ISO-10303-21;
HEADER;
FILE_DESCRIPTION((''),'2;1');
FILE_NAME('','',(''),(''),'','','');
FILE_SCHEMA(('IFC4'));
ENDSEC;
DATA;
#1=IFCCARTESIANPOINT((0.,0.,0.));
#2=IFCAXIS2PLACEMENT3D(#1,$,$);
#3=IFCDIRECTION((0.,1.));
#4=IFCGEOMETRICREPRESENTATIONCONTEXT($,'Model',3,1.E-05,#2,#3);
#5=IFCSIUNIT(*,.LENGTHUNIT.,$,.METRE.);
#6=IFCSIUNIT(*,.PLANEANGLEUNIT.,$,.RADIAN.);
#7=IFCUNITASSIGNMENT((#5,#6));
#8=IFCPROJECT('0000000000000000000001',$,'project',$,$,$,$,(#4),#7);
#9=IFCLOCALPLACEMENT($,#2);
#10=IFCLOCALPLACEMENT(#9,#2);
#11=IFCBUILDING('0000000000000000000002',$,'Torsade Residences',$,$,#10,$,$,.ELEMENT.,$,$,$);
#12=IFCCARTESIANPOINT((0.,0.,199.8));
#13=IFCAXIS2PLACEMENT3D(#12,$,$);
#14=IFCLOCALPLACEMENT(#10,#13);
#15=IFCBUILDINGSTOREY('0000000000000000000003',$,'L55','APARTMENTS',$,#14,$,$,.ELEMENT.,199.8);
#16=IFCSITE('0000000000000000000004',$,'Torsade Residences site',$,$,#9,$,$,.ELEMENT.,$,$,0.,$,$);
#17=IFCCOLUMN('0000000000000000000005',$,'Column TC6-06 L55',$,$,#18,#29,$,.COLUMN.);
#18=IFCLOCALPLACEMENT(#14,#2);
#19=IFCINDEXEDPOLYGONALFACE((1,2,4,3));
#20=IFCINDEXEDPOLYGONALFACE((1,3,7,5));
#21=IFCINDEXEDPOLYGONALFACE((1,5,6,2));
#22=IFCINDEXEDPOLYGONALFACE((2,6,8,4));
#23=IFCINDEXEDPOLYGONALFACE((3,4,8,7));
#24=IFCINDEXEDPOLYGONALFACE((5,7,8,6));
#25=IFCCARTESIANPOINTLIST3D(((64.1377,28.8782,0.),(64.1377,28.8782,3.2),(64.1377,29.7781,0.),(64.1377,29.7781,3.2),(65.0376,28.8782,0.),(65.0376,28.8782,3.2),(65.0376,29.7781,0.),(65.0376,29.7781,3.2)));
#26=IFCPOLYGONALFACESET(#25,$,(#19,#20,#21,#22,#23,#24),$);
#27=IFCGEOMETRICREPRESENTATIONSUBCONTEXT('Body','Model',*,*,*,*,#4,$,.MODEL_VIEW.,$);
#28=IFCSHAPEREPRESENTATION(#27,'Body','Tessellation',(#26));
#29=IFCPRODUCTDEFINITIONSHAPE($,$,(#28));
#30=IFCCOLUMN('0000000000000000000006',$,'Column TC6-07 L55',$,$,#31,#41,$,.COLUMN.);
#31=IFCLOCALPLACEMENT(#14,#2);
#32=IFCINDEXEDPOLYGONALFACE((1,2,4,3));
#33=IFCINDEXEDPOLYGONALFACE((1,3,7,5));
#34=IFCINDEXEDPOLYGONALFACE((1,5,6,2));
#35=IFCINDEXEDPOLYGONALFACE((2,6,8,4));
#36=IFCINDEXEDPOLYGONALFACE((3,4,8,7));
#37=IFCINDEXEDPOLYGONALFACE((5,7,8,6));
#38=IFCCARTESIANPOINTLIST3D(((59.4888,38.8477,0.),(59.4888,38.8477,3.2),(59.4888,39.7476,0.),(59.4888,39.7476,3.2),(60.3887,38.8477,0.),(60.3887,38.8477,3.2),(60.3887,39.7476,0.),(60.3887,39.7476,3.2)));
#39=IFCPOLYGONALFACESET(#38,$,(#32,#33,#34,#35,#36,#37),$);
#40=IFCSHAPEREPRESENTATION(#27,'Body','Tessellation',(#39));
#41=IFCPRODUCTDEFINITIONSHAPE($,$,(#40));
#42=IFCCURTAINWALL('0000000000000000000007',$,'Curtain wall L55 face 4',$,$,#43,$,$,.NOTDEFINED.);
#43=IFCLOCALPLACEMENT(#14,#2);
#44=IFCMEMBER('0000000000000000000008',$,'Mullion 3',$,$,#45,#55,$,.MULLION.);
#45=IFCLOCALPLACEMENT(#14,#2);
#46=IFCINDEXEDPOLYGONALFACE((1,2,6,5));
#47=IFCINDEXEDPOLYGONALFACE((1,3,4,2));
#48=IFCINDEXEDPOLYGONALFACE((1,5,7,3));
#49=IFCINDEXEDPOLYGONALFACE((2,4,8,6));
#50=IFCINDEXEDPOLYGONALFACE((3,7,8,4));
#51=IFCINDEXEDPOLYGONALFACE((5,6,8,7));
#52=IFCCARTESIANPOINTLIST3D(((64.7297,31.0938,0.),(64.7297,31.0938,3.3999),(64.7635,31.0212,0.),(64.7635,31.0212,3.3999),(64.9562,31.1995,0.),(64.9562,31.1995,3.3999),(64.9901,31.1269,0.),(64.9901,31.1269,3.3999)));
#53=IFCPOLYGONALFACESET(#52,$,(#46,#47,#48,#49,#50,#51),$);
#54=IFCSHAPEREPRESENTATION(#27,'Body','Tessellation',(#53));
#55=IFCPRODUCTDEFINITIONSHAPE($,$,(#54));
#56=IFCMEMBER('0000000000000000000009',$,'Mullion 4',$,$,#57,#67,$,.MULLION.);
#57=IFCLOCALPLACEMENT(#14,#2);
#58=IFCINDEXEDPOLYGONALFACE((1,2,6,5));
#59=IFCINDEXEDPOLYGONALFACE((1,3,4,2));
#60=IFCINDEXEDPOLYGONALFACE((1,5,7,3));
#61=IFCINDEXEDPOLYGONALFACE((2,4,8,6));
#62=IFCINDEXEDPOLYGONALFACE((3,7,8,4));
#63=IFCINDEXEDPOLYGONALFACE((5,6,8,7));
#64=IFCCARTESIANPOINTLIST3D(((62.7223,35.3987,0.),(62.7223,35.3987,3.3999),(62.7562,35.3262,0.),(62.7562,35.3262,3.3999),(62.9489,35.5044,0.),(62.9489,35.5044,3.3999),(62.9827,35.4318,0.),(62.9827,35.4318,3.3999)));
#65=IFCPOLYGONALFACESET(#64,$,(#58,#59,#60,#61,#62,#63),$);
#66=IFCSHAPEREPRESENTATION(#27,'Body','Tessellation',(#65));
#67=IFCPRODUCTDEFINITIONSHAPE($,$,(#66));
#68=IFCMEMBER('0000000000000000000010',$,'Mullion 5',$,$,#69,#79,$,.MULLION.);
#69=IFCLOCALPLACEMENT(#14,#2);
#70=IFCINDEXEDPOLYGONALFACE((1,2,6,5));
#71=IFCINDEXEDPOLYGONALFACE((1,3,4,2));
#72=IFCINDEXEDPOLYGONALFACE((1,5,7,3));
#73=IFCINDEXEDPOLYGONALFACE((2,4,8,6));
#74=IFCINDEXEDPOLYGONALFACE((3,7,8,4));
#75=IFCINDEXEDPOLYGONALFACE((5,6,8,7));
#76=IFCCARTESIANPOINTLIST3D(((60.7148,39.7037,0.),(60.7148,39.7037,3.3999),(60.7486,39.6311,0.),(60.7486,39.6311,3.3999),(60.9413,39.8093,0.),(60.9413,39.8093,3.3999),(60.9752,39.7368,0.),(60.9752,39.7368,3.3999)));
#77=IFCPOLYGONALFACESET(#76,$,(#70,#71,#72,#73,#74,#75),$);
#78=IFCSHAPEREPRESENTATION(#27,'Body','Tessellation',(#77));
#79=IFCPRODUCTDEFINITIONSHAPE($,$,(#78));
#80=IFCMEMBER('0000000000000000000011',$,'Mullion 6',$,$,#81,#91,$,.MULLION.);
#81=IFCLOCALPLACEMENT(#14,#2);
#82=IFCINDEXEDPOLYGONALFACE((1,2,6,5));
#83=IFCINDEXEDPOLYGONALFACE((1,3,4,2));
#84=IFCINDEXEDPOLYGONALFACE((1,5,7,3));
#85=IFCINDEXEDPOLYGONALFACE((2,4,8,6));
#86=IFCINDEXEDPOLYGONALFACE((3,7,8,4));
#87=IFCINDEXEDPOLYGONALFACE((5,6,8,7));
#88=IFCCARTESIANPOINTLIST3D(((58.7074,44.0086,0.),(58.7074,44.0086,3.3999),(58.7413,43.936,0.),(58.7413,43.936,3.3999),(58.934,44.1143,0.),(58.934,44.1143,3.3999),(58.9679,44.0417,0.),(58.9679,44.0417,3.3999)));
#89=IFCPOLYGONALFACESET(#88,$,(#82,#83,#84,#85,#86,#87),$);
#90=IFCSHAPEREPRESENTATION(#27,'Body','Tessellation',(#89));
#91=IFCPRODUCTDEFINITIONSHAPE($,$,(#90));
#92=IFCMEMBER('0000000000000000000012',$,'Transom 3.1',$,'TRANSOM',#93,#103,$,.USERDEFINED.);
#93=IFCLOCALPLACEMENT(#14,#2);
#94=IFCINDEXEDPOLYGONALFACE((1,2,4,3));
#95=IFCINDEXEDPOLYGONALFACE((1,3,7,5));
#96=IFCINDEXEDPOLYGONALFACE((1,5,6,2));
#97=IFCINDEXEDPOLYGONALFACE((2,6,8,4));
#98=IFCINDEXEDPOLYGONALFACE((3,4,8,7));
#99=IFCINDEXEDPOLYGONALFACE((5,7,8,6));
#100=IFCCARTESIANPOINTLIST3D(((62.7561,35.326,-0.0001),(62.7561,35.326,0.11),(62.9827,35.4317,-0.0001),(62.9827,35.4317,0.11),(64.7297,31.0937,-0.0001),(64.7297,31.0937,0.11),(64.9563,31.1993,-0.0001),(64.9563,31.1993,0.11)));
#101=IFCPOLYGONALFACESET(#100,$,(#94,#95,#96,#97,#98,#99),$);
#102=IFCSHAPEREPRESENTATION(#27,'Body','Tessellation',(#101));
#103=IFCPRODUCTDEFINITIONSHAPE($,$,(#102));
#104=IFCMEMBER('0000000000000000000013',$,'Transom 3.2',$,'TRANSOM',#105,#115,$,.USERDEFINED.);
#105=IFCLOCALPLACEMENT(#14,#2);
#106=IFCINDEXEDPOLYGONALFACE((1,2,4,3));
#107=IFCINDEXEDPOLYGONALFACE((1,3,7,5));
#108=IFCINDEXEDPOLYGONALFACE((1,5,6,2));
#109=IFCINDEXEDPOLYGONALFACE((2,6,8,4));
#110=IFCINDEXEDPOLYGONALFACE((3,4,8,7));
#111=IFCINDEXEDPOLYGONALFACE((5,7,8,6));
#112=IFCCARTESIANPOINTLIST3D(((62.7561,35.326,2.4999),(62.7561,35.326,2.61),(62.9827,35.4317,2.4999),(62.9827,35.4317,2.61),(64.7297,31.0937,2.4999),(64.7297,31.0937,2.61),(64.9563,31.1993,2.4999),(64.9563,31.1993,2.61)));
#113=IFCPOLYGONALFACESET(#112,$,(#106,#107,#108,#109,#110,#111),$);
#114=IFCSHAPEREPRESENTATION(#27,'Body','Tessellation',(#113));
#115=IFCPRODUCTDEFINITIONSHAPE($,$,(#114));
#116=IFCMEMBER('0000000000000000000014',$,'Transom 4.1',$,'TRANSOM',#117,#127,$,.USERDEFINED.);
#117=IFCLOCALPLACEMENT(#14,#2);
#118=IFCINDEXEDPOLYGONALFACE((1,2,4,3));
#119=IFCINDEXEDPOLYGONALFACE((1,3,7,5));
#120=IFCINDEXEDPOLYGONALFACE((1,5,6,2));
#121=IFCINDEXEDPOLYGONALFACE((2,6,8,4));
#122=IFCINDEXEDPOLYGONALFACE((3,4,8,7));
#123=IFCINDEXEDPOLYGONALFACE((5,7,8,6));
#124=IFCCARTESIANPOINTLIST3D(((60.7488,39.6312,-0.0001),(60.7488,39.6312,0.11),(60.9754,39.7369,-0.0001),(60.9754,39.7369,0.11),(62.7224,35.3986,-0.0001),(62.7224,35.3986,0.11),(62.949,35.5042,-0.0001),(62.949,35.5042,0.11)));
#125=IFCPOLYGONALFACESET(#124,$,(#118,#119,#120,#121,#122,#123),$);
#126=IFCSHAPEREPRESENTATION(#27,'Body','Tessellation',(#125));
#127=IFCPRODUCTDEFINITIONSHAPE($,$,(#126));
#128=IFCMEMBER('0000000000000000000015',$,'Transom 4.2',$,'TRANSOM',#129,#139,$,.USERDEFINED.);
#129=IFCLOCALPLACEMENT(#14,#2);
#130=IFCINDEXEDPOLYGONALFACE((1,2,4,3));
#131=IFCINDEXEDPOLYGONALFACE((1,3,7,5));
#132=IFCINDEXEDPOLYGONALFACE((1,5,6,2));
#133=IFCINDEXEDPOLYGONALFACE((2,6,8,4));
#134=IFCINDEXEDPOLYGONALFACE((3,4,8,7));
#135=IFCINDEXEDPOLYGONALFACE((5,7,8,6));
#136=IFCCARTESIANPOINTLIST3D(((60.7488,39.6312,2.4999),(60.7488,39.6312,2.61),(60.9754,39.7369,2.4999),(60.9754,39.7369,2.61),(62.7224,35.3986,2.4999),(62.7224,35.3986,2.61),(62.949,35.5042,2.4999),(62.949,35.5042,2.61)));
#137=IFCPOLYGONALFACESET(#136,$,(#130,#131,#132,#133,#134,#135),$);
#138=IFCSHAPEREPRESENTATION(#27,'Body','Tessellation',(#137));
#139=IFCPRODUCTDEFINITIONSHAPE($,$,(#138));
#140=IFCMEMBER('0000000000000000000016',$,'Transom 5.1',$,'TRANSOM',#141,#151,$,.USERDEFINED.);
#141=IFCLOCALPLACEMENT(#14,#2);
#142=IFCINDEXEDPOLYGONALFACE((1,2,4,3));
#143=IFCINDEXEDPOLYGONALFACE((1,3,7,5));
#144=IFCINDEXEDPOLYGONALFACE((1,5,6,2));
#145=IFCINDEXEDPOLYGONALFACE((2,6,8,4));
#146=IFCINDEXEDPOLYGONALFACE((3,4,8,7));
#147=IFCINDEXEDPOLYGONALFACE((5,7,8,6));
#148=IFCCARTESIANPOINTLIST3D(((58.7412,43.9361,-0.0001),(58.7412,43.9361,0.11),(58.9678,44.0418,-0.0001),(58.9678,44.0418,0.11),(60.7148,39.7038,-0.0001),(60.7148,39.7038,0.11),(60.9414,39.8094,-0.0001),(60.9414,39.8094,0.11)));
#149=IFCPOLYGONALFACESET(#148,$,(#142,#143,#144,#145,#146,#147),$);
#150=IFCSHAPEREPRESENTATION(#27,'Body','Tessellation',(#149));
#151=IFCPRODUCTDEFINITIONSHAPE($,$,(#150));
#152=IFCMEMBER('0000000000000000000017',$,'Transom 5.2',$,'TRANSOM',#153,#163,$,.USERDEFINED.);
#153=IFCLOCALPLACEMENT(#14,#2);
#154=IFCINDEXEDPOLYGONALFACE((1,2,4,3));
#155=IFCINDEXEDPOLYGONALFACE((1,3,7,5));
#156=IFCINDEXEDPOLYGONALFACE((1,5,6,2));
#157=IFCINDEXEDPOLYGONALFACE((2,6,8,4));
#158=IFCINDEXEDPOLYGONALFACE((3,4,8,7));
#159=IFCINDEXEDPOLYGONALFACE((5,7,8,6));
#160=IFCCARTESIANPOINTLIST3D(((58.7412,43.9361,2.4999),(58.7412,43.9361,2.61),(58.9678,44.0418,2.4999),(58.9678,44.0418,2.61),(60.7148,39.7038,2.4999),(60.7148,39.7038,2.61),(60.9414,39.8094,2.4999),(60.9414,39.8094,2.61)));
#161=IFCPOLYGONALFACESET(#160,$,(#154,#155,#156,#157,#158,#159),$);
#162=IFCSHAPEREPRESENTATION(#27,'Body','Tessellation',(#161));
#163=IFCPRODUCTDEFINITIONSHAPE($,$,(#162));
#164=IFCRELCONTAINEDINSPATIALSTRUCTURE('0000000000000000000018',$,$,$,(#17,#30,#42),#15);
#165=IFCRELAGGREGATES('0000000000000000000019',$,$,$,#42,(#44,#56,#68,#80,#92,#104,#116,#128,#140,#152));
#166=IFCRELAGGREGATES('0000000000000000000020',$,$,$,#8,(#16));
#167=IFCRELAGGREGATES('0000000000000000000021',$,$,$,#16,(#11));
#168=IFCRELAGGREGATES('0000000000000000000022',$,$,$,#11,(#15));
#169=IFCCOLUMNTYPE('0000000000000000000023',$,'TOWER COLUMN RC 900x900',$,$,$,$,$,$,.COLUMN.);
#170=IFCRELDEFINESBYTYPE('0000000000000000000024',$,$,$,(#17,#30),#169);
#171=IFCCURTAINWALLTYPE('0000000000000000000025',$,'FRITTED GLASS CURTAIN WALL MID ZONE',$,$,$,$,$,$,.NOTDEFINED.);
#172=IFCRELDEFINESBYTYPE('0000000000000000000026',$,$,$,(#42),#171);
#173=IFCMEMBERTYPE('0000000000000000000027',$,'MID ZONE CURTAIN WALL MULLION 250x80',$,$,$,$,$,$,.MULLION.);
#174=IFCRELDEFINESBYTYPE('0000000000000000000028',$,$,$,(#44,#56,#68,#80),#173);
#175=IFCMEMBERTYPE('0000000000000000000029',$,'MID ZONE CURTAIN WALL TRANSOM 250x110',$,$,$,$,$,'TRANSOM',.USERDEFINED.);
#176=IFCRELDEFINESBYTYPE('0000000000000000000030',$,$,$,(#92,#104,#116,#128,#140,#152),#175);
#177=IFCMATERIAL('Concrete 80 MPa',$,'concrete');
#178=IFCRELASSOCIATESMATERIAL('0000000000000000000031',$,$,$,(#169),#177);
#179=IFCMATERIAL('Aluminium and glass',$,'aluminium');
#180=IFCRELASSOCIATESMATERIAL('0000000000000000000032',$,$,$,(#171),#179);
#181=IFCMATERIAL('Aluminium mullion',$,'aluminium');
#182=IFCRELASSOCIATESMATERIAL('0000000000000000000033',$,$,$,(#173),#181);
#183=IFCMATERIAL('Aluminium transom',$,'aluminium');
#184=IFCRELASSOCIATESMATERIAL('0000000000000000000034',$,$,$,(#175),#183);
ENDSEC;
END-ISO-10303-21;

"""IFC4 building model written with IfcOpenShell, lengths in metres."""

from ifc_helpers import new_model, si_unit, direction, frame, origin, origin_2d, place, context, subcontext, project, spatial, rectangle, extrude, material, material_profile, profile_set, type_object, element, aggregate, save


model = new_model("IFC4")

# Units and contexts
model_context = context("Model", 3, precision=1e-05, world=origin(), true_north=direction((0.0, 1.0)))
body_context = subcontext(model_context, "Body", "Model", "MODEL_VIEW")
ifc_project = project(units=[si_unit("LENGTHUNIT", "METRE"), si_unit("PLANEANGLEUNIT", "RADIAN")], contexts=[model_context])

# Site, building, storey
site_placement = place(None, origin())
site = spatial("IfcSite", under=ifc_project, at=site_placement, Name="Torsade Residences site", CompositionType="ELEMENT", RefElevation=0.0)
building_placement = place(site_placement, origin())
building = spatial("IfcBuilding", under=site, at=building_placement, Name="Torsade Residences", CompositionType="ELEMENT")
storey_placement = place(building_placement, frame((0.0, 0.0, 199.8)))
storey = spatial("IfcBuildingStorey", under=building, at=storey_placement, Name="L55", Description="APARTMENTS", CompositionType="ELEMENT", Elevation=199.8)

# Columns
ifc_material_1 = material(Name="Concrete 80 MPa", Category="concrete")
ifc_material_profile_1 = material_profile(ifc_material_1, rectangle(XDim=0.8999, YDim=0.8999, at=origin_2d()), Name="RC 900x900")
ifc_profile_set_1 = profile_set([ifc_material_profile_1], Name="Concrete 80 MPa")
column_type = type_object("IfcColumnType", Name="TOWER COLUMN RC 900x900", PredefinedType="COLUMN", material=ifc_profile_set_1)
for number, where, z_axis, x_axis, name in (
    (1, (64.5876, 29.3281, 0.0), (0.0, 0.0, 1.0), (1.0, 0.0, 0.0), "Column TC6-06 L55"),
    (2, (59.9387, 39.2976, 0.0), (0.0, 0.0, 1.0), (1.0, 0.0, 0.0), "Column TC6-07 L55"),
):
    element("IfcColumn", number, at=place(storey_placement, frame(where, z_axis=z_axis, x_axis=x_axis)), inside=storey, type_object=column_type, Name=name, PredefinedType="COLUMN", context=body_context, shape_type="SweptSolid", body=[
        extrude(rectangle(XDim=0.8999, YDim=0.8999, at=origin_2d()), origin(), (0.0, 0.0, 1.0), 3.2),
    ])

# Curtain wall, members
ifc_material_2 = material(Name="Aluminium and glass", Category="aluminium")
curtain_wall_type = type_object("IfcCurtainWallType", Name="FRITTED GLASS CURTAIN WALL MID ZONE", PredefinedType="NOTDEFINED", material=ifc_material_2)
curtain_wall_placement = place(storey_placement, origin())
curtain_wall = element("IfcCurtainWall", 3, at=curtain_wall_placement, inside=storey, type_object=curtain_wall_type, Name="Curtain wall L55 face 4", PredefinedType="NOTDEFINED")
ifc_material_3 = material(Name="Aluminium mullion", Category="aluminium")
ifc_material_profile_2 = material_profile(ifc_material_3, rectangle(XDim=0.25, YDim=0.0801, at=origin_2d()), Name="MID ZONE CURTAIN WALL MULLION 250x80")
ifc_profile_set_2 = profile_set([ifc_material_profile_2], Name="Aluminium mullion")
member_type_1 = type_object("IfcMemberType", Name="MID ZONE CURTAIN WALL MULLION 250x80", PredefinedType="MULLION", material=ifc_profile_set_2)
member_1_placement = place(storey_placement, frame((64.8599, 31.1104, 0.0), z_axis=(0.0, 0.0, 1.0), x_axis=(-0.906308, -0.422618, 0.0)))
member_1 = element("IfcMember", 4, at=member_1_placement, type_object=member_type_1, Name="Mullion 3", PredefinedType="MULLION", context=body_context, shape_type="SweptSolid", body=[
    extrude(rectangle(XDim=0.25, YDim=0.0801, at=origin_2d()), origin(), (0.0, 0.0, 1.0), 3.3999),
])
member_2_placement = place(storey_placement, frame((62.8525, 35.4153, 0.0), z_axis=(0.0, 0.0, 1.0), x_axis=(-0.906308, -0.422618, 0.0)))
member_2 = element("IfcMember", 5, at=member_2_placement, type_object=member_type_1, Name="Mullion 4", PredefinedType="MULLION", context=body_context, shape_type="SweptSolid", body=[
    extrude(rectangle(XDim=0.25, YDim=0.0801, at=origin_2d()), origin(), (0.0, 0.0, 1.0), 3.3999),
])
member_3_placement = place(storey_placement, frame((60.845, 39.7202, 0.0), z_axis=(0.0, 0.0, 1.0), x_axis=(-0.906308, -0.422618, 0.0)))
member_3 = element("IfcMember", 6, at=member_3_placement, type_object=member_type_1, Name="Mullion 5", PredefinedType="MULLION", context=body_context, shape_type="SweptSolid", body=[
    extrude(rectangle(XDim=0.25, YDim=0.0801, at=origin_2d()), origin(), (0.0, 0.0, 1.0), 3.3999),
])
member_4_placement = place(storey_placement, frame((58.8376, 44.0251, 0.0), z_axis=(0.0, 0.0, 1.0), x_axis=(-0.906308, -0.422618, 0.0)))
member_4 = element("IfcMember", 7, at=member_4_placement, type_object=member_type_1, Name="Mullion 6", PredefinedType="MULLION", context=body_context, shape_type="SweptSolid", body=[
    extrude(rectangle(XDim=0.25, YDim=0.0801, at=origin_2d()), origin(), (0.0, 0.0, 1.0), 3.3999),
])
ifc_material_4 = material(Name="Aluminium transom", Category="aluminium")
ifc_material_profile_3 = material_profile(ifc_material_4, rectangle(XDim=0.25, YDim=0.1101, at=origin_2d()), Name="MID ZONE CURTAIN WALL TRANSOM 250x110")
ifc_profile_set_3 = profile_set([ifc_material_profile_3], Name="Aluminium transom")
member_type_2 = type_object("IfcMemberType", Name="MID ZONE CURTAIN WALL TRANSOM 250x110", ElementType="TRANSOM", PredefinedType="USERDEFINED", material=ifc_profile_set_3)
member_5_placement = place(storey_placement, frame((64.843, 31.1465, 0.0549), z_axis=(-0.422622, 0.906306, 0.0), x_axis=(-0.906306, -0.422622, 0.0)))
member_5 = element("IfcMember", 8, at=member_5_placement, type_object=member_type_2, Name="Transom 3.1", ObjectType="TRANSOM", PredefinedType="USERDEFINED", context=body_context, shape_type="SweptSolid", body=[
    extrude(rectangle(XDim=0.25, YDim=0.1101, at=origin_2d()), origin(), (0.0, 0.0, 1.0), 4.6699),
])
member_6_placement = place(storey_placement, frame((64.843, 31.1465, 2.5549), z_axis=(-0.422622, 0.906306, 0.0), x_axis=(-0.906306, -0.422622, 0.0)))
member_6 = element("IfcMember", 9, at=member_6_placement, type_object=member_type_2, Name="Transom 3.2", ObjectType="TRANSOM", PredefinedType="USERDEFINED", context=body_context, shape_type="SweptSolid", body=[
    extrude(rectangle(XDim=0.25, YDim=0.1101, at=origin_2d()), origin(), (0.0, 0.0, 1.0), 4.6699),
])
member_7_placement = place(storey_placement, frame((62.8357, 35.4514, 0.0549), z_axis=(-0.422602, 0.906315, 0.0), x_axis=(-0.906315, -0.422602, 0.0)))
member_7 = element("IfcMember", 10, at=member_7_placement, type_object=member_type_2, Name="Transom 4.1", ObjectType="TRANSOM", PredefinedType="USERDEFINED", context=body_context, shape_type="SweptSolid", body=[
    extrude(rectangle(XDim=0.25, YDim=0.1101, at=origin_2d()), origin(), (0.0, 0.0, 1.0), 4.6702),
])
member_8_placement = place(storey_placement, frame((62.8357, 35.4514, 2.5549), z_axis=(-0.422602, 0.906315, 0.0), x_axis=(-0.906315, -0.422602, 0.0)))
member_8 = element("IfcMember", 11, at=member_8_placement, type_object=member_type_2, Name="Transom 4.2", ObjectType="TRANSOM", PredefinedType="USERDEFINED", context=body_context, shape_type="SweptSolid", body=[
    extrude(rectangle(XDim=0.25, YDim=0.1101, at=origin_2d()), origin(), (0.0, 0.0, 1.0), 4.6702),
])
member_9_placement = place(storey_placement, frame((60.8281, 39.7566, 0.0549), z_axis=(-0.422622, 0.906306, 0.0), x_axis=(-0.906306, -0.422622, 0.0)))
member_9 = element("IfcMember", 12, at=member_9_placement, type_object=member_type_2, Name="Transom 5.1", ObjectType="TRANSOM", PredefinedType="USERDEFINED", context=body_context, shape_type="SweptSolid", body=[
    extrude(rectangle(XDim=0.25, YDim=0.1101, at=origin_2d()), origin(), (0.0, 0.0, 1.0), 4.6699),
])
member_10_placement = place(storey_placement, frame((60.8281, 39.7566, 2.5549), z_axis=(-0.422622, 0.906306, 0.0), x_axis=(-0.906306, -0.422622, 0.0)))
member_10 = element("IfcMember", 13, at=member_10_placement, type_object=member_type_2, Name="Transom 5.2", ObjectType="TRANSOM", PredefinedType="USERDEFINED", context=body_context, shape_type="SweptSolid", body=[
    extrude(rectangle(XDim=0.25, YDim=0.1101, at=origin_2d()), origin(), (0.0, 0.0, 1.0), 4.6699),
])

aggregate(curtain_wall, [member_1, member_2, member_3, member_4, member_5, member_6, member_7, member_8, member_9, member_10])

save(model, "model.ifc")
